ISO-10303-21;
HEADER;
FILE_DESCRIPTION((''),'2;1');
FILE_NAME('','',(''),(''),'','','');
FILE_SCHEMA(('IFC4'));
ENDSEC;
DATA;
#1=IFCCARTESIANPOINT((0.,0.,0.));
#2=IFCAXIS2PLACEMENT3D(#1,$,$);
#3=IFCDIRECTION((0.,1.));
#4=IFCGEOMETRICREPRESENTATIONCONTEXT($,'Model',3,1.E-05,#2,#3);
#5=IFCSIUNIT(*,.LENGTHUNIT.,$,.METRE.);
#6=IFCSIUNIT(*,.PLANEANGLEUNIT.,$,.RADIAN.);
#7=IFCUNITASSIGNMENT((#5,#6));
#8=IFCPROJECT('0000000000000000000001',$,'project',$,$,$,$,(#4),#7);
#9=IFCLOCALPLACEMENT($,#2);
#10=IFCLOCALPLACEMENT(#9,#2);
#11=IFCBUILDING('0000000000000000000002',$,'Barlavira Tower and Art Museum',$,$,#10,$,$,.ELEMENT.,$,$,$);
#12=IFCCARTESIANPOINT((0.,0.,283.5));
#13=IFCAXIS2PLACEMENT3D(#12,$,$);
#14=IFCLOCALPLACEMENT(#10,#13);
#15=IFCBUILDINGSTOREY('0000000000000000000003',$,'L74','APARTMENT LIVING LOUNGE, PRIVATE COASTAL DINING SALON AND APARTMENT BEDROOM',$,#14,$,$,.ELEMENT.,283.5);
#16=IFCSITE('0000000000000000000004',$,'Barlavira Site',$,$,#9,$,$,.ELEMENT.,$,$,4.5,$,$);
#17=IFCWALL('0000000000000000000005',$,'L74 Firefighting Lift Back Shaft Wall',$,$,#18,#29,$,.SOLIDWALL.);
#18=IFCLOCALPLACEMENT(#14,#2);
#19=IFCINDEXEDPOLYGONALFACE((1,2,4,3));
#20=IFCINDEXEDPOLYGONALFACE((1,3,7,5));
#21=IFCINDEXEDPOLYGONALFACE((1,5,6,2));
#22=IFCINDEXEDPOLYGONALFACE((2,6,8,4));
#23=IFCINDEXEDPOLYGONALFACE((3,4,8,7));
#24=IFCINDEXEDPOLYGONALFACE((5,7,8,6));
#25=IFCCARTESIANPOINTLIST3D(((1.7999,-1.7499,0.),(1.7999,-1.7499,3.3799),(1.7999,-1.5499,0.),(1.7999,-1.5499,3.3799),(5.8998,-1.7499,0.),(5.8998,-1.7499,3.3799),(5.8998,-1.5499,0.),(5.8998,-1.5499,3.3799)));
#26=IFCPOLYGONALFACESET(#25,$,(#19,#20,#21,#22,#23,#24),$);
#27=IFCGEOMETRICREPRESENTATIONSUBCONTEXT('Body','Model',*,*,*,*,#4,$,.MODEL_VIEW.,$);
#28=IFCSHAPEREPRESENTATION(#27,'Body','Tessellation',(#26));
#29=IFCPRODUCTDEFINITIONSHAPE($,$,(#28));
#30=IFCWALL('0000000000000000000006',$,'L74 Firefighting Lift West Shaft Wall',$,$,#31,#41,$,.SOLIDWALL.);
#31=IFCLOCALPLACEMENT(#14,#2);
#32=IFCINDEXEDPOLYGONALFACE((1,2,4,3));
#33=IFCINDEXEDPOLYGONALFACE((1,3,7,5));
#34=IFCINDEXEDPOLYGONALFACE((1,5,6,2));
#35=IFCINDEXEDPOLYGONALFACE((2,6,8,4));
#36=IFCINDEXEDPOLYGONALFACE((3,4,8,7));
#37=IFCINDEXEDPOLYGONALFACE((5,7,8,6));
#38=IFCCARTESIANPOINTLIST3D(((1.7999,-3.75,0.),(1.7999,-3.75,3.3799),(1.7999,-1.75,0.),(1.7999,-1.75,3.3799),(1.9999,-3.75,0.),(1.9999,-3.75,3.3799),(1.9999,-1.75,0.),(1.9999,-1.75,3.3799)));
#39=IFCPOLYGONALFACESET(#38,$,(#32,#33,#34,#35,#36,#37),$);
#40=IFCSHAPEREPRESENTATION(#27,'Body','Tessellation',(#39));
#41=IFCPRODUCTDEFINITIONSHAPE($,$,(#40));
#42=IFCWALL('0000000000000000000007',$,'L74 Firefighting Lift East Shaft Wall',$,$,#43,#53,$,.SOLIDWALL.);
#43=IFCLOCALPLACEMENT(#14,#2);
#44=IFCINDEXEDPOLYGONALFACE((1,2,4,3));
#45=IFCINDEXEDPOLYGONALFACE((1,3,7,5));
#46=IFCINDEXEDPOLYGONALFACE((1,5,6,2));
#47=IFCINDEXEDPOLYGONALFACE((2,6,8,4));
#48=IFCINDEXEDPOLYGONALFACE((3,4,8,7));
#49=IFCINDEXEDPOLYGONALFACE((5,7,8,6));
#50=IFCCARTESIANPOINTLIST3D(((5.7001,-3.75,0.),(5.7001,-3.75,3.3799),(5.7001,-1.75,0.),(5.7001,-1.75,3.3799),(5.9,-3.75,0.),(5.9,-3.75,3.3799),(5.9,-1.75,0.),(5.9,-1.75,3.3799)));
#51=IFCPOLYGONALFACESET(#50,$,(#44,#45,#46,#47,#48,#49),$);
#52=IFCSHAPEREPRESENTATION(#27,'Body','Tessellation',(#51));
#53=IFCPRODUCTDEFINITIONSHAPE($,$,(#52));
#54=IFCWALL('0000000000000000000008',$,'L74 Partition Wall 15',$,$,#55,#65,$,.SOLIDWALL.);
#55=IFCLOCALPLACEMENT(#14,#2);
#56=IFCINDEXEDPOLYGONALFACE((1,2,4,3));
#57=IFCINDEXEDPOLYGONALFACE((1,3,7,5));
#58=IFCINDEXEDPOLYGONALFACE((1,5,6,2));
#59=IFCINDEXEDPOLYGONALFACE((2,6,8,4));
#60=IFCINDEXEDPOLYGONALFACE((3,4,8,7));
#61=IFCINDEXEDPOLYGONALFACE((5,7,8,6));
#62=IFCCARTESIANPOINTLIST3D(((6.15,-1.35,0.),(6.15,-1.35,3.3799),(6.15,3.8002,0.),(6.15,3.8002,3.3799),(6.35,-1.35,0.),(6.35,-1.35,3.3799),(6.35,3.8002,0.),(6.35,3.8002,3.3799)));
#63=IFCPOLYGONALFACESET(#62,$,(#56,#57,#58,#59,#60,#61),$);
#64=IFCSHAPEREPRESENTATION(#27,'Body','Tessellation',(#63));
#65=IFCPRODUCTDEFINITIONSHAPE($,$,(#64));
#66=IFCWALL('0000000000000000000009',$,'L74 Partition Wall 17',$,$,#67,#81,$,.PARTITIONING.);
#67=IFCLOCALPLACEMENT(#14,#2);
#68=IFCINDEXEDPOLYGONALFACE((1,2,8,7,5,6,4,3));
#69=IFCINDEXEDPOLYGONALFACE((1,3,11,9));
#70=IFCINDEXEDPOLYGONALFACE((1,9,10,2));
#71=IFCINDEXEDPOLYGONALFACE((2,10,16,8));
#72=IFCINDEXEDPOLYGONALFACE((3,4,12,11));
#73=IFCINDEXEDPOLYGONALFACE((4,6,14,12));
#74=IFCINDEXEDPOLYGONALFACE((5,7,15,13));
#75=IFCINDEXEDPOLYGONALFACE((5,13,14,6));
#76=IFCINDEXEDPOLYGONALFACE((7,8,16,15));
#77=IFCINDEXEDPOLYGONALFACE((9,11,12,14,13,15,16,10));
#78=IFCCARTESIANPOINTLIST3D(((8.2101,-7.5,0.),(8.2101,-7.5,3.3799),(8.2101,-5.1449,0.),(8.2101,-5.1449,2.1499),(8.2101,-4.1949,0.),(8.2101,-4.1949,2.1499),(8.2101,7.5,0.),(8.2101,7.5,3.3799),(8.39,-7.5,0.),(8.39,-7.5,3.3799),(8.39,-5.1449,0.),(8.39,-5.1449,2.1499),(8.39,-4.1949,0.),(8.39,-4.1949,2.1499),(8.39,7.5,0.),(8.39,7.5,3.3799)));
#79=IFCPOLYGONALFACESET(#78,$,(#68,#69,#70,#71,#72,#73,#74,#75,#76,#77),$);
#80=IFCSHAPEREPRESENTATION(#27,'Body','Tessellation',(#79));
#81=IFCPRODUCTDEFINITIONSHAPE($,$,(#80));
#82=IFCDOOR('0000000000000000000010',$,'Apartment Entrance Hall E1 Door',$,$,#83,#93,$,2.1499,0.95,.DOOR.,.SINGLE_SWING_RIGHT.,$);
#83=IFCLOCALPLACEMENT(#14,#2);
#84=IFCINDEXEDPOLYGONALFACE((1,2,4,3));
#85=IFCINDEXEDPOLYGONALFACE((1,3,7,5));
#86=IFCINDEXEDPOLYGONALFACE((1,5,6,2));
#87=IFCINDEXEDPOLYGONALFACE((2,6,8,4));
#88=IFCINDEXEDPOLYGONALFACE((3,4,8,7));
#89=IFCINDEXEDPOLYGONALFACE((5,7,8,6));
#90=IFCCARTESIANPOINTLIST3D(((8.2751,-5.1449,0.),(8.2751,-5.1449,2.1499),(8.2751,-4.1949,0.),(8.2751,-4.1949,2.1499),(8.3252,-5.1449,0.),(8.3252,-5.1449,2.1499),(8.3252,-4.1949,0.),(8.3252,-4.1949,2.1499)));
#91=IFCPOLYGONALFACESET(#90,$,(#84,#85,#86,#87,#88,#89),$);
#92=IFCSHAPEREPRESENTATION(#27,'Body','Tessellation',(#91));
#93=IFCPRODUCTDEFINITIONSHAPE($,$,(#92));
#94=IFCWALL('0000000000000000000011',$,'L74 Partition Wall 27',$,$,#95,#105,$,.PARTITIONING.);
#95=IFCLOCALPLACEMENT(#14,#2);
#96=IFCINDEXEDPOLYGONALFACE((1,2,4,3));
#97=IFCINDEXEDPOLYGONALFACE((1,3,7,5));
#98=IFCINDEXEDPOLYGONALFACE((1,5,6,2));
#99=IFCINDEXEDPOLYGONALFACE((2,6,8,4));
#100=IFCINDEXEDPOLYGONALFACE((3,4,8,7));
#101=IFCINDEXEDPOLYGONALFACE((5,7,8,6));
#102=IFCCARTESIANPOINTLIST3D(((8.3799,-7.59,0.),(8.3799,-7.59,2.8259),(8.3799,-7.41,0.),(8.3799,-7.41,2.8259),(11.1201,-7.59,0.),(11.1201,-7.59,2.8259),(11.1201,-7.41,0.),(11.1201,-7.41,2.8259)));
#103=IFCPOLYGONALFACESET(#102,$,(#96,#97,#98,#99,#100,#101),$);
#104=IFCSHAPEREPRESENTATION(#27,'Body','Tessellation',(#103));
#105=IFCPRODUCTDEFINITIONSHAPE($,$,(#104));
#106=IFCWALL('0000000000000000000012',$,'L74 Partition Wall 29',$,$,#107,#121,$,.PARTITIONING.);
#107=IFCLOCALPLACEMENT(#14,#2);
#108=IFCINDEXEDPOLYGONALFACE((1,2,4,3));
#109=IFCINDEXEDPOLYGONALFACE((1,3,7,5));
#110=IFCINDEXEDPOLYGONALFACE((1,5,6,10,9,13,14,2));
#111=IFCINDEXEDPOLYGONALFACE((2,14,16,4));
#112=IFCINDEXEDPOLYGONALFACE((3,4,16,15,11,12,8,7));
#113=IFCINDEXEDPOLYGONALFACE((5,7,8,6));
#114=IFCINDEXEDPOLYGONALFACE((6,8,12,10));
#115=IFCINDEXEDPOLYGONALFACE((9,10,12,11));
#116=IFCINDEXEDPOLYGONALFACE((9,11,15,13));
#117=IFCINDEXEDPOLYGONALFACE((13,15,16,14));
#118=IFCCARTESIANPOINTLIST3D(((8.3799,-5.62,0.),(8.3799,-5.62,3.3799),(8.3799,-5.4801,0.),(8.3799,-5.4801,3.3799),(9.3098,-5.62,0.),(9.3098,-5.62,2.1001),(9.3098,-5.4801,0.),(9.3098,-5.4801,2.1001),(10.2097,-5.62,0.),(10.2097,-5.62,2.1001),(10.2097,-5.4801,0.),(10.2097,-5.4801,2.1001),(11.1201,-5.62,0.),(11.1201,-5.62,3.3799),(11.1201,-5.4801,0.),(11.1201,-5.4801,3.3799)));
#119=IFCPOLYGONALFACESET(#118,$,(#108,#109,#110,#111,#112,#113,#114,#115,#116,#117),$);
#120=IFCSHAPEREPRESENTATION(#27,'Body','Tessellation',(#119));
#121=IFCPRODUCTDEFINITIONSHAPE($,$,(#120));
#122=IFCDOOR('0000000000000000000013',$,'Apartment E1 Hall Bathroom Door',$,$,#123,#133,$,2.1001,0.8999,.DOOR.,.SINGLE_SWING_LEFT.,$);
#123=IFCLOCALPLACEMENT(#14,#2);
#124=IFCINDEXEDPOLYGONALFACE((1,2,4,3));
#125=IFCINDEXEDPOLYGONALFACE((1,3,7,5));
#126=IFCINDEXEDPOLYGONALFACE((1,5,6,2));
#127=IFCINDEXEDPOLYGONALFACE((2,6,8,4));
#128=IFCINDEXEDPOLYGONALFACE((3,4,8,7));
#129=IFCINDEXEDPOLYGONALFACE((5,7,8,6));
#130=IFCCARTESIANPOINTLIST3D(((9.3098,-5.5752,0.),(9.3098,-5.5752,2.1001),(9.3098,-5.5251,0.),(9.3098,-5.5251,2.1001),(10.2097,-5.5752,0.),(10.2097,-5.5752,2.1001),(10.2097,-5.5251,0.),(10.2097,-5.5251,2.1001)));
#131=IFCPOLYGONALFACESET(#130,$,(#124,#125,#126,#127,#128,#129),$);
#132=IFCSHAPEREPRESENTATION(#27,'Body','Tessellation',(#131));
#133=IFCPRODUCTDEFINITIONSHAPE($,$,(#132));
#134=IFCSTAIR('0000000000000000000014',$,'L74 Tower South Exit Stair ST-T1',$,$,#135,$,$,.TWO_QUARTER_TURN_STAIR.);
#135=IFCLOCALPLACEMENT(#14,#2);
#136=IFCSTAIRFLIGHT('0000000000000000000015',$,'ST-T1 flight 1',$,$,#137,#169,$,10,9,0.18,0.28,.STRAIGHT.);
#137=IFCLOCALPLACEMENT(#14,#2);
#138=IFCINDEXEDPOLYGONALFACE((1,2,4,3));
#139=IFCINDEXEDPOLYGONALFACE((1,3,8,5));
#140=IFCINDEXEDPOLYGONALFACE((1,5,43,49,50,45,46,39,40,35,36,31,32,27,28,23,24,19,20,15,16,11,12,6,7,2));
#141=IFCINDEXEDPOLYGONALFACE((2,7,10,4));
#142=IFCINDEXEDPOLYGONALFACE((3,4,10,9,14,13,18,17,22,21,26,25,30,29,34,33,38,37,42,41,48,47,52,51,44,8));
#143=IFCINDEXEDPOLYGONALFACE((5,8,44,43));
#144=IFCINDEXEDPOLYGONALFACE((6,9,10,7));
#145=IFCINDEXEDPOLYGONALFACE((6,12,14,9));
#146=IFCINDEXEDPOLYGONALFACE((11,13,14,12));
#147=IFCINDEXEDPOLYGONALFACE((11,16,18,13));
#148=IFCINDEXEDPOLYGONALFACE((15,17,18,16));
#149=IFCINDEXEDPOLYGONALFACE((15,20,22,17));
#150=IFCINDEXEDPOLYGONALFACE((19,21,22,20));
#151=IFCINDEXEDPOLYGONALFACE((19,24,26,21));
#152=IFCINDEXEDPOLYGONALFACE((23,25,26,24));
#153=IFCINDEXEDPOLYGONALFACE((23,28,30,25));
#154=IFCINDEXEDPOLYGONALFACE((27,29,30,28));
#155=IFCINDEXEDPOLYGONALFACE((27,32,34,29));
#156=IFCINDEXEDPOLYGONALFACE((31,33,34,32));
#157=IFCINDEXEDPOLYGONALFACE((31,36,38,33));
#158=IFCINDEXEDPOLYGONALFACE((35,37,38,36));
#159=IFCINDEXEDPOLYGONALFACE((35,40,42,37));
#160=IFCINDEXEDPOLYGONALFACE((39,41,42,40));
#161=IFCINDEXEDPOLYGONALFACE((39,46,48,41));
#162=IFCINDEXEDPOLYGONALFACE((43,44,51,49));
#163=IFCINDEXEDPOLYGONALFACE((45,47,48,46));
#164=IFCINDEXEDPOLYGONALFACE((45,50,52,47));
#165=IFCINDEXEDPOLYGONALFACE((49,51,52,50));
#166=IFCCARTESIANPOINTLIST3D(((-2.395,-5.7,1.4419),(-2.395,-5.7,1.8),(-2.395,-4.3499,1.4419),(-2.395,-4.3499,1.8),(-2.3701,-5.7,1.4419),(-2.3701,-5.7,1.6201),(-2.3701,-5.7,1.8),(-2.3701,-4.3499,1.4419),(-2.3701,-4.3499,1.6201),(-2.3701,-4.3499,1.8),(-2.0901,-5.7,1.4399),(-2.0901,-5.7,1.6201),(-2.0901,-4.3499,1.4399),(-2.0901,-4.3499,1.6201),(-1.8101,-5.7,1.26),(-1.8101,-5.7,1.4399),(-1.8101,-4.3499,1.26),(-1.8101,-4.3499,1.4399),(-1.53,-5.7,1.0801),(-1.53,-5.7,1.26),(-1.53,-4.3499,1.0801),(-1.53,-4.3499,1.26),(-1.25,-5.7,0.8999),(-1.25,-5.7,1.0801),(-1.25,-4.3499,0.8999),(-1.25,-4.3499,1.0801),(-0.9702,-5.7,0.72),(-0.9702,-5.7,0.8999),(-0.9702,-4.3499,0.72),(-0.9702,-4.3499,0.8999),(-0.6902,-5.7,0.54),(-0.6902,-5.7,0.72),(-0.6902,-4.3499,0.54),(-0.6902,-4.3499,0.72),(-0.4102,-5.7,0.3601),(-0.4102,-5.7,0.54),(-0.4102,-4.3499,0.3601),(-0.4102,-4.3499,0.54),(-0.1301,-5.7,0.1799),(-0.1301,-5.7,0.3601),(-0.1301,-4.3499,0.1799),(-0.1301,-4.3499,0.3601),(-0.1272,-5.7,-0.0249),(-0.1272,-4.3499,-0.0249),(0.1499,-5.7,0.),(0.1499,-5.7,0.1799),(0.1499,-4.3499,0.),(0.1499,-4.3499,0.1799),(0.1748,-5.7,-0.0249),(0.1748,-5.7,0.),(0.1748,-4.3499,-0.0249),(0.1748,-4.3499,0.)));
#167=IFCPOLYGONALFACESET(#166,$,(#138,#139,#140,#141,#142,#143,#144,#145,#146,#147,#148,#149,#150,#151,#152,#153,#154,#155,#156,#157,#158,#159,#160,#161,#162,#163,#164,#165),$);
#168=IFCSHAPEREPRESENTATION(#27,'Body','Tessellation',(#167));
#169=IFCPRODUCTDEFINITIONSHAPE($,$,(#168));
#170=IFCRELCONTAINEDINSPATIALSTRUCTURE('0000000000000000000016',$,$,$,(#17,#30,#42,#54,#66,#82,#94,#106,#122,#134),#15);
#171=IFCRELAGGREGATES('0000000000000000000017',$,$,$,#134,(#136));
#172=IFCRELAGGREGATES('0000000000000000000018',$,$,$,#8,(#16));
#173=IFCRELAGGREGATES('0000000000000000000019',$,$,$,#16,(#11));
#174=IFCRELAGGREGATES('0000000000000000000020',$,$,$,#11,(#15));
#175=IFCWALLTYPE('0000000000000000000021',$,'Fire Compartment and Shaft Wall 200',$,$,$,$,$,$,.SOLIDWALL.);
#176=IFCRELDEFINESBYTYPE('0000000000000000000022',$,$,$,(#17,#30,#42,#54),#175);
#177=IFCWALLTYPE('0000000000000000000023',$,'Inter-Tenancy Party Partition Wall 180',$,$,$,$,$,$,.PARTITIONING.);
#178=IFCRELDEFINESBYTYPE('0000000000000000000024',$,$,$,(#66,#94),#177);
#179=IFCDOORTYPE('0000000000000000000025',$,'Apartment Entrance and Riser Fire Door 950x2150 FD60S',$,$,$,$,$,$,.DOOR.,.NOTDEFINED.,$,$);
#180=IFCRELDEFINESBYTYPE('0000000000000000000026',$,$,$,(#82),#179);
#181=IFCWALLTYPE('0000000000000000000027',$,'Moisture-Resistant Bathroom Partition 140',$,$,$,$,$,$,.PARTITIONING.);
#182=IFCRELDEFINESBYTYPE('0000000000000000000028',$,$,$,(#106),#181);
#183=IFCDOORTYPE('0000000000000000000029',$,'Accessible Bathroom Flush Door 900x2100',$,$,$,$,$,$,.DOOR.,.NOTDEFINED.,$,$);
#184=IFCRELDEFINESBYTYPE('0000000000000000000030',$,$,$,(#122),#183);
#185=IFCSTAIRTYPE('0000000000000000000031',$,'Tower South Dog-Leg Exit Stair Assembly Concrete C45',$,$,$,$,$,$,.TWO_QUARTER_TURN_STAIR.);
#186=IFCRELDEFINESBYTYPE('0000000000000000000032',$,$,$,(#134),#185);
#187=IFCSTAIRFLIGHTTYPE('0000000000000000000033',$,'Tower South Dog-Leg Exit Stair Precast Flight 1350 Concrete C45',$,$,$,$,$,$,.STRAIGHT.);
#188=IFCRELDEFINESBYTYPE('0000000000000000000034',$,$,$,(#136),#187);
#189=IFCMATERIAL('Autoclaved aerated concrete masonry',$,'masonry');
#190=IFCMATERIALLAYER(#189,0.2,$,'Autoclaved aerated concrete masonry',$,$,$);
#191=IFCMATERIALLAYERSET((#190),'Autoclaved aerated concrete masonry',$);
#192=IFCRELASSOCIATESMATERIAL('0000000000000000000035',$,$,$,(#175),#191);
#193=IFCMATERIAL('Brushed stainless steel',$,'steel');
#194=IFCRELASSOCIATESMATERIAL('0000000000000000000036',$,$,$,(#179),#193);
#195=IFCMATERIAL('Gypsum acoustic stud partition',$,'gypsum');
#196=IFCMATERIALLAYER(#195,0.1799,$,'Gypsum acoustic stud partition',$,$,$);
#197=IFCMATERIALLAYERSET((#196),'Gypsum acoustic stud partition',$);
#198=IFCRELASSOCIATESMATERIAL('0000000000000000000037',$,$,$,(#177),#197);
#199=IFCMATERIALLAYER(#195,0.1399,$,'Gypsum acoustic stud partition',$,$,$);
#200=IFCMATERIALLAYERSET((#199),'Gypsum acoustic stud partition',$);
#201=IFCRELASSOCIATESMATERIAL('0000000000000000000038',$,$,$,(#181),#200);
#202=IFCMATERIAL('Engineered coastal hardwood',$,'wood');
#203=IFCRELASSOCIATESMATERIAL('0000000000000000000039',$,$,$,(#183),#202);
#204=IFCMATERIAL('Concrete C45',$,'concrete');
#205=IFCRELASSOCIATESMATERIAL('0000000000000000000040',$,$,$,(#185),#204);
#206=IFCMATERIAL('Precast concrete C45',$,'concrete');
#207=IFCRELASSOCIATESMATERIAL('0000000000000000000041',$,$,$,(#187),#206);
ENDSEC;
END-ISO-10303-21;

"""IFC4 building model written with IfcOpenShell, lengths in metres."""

from ifc_helpers import new_model, si_unit, direction, frame, frame_2d, origin, place, context, subcontext, project, spatial, polyline, rectangle, outline, extrude, material, layer, layer_set, type_object, element, fill, aggregate, save


model = new_model("IFC4")

# Units and contexts
model_context = context("Model", 3, precision=1e-05, world=origin(), true_north=direction((0.0, 1.0)))
body_context = subcontext(model_context, "Body", "Model", "MODEL_VIEW")
ifc_project = project(units=[si_unit("LENGTHUNIT", "METRE"), si_unit("PLANEANGLEUNIT", "RADIAN")], contexts=[model_context])

# Site, building, storey
site_placement = place(None, origin())
site = spatial("IfcSite", under=ifc_project, at=site_placement, Name="Barlavira Site", CompositionType="ELEMENT", RefElevation=4.5)
building_placement = place(site_placement, origin())
building = spatial("IfcBuilding", under=site, at=building_placement, Name="Barlavira Tower and Art Museum", CompositionType="ELEMENT")
storey_placement = place(building_placement, frame((0.0, 0.0, 283.5)))
storey = spatial("IfcBuildingStorey", under=building, at=storey_placement, Name="L74", Description="APARTMENT LIVING LOUNGE, PRIVATE COASTAL DINING SALON AND APARTMENT BEDROOM", CompositionType="ELEMENT", Elevation=283.5)

# Shared definitions
ifc_material_1 = material(Name="Gypsum acoustic stud partition", Category="gypsum")
ifc_material_2 = material(Name="Engineered coastal hardwood", Category="wood")
ifc_material_3 = material(Name="Brushed stainless steel", Category="steel")

# Shared definitions
ifc_material_4 = material(Name="Autoclaved aerated concrete masonry", Category="masonry")
ifc_layer_1 = layer(ifc_material_4, 0.2, Name="Autoclaved aerated concrete masonry")
ifc_layer_set_1 = layer_set([ifc_layer_1], Name="Autoclaved aerated concrete masonry")
wall_type_1 = type_object("IfcWallType", Name="Fire Compartment and Shaft Wall 200", PredefinedType="SOLIDWALL", material=ifc_layer_set_1)

# Walls
wall_1_placement = place(storey_placement, frame((1.8, -1.6499, 0.0), z_axis=(0.0, 0.0, 1.0), x_axis=(1.0, 0.0, 0.0)))
element("IfcWall", 1, at=wall_1_placement, inside=storey, type_object=wall_type_1, Name="L74 Firefighting Lift Back Shaft Wall", PredefinedType="SOLIDWALL", context=body_context, shape_type="SweptSolid", body=[
    extrude(rectangle(XDim=4.0999, YDim=0.2, at=frame_2d((2.0498, 0.0))), origin(), (0.0, 0.0, 1.0), 3.3799),
])
for number, where, z_axis, x_axis, name in (
    (2, (1.8999, -3.75, 0.0), (0.0, 0.0, 1.0), (0.0, 1.0, 0.0), "L74 Firefighting Lift West Shaft Wall"),
    (3, (5.8, -3.75, 0.0), (0.0, 0.0, 1.0), (0.0, 1.0, 0.0), "L74 Firefighting Lift East Shaft Wall"),
):
    element("IfcWall", number, at=place(storey_placement, frame(where, z_axis=z_axis, x_axis=x_axis)), inside=storey, type_object=wall_type_1, Name=name, PredefinedType="SOLIDWALL", context=body_context, shape_type="SweptSolid", body=[
        extrude(rectangle(XDim=2.0, YDim=0.2, at=frame_2d((1.0, 0.0))), origin(), (0.0, 0.0, 1.0), 3.3799),
    ])

# Shared definitions
door_type_1 = type_object("IfcDoorType", Name="Apartment Entrance and Riser Fire Door 950x2150 FD60S", OperationType="NOTDEFINED", PredefinedType="DOOR", material=ifc_material_3)

# Wall
wall_2_placement = place(storey_placement, frame((6.25, -1.3501, 0.0), z_axis=(0.0, 0.0, 1.0), x_axis=(0.0, 1.0, 0.0)))
element("IfcWall", 4, at=wall_2_placement, inside=storey, type_object=wall_type_1, Name="L74 Partition Wall 15", PredefinedType="SOLIDWALL", context=body_context, shape_type="SweptSolid", body=[
    extrude(rectangle(XDim=5.1501, YDim=0.2, at=frame_2d((2.5752, 0.0))), origin(), (0.0, 0.0, 1.0), 3.3799),
])

# Wall, opening, door
ifc_layer_2 = layer(ifc_material_1, 0.1799, Name="Gypsum acoustic stud partition")
ifc_layer_set_2 = layer_set([ifc_layer_2], Name="Gypsum acoustic stud partition")
wall_type_2 = type_object("IfcWallType", Name="Inter-Tenancy Party Partition Wall 180", PredefinedType="PARTITIONING", material=ifc_layer_set_2)
wall_3_placement = place(storey_placement, frame((8.3, -7.5, 0.0), z_axis=(0.0, 0.0, 1.0), x_axis=(0.0, 1.0, 0.0)))
wall_3 = element("IfcWall", 5, at=wall_3_placement, inside=storey, type_object=wall_type_2, Name="L74 Partition Wall 17", PredefinedType="PARTITIONING", context=body_context, shape_type="SweptSolid", body=[
    extrude(rectangle(XDim=15.0, YDim=0.1799, at=frame_2d((7.5, 0.0))), origin(), (0.0, 0.0, 1.0), 3.3799),
])
opening_1_placement = place(wall_3_placement, frame((2.355, 0.0, 0.0)))
opening_1 = element("IfcOpeningElement", 6, at=opening_1_placement, cuts=wall_3, PredefinedType="OPENING", context=body_context, shape_type="SweptSolid", body=[
    extrude(rectangle(XDim=0.95, YDim=2.1499, at=frame_2d((0.4751, 1.075))), frame((0.0, 0.1001, 0.0), z_axis=(0.0, -1.0, 0.0), x_axis=(1.0, 0.0, 0.0)), (0.0, 0.0, 1.0), 0.2),
])
door_1_placement = place(opening_1_placement, origin())
door_1 = element("IfcDoor", 7, at=door_1_placement, inside=storey, type_object=door_type_1, Name="Apartment Entrance Hall E1 Door", OperationType="SINGLE_SWING_RIGHT", OverallHeight=2.1499, OverallWidth=0.95, PredefinedType="DOOR", context=body_context, shape_type="SweptSolid", body=[
    extrude(rectangle(XDim=0.95, YDim=2.1499, at=frame_2d((0.4751, 1.075))), frame((0.0, 0.0249, 0.0), z_axis=(0.0, -1.0, 0.0), x_axis=(1.0, 0.0, 0.0)), (0.0, 0.0, 1.0), 0.05),
])
fill(opening_1, door_1)

# Wall
wall_4_placement = place(storey_placement, frame((8.3799, -7.5, 0.0), z_axis=(0.0, 0.0, 1.0), x_axis=(1.0, 0.0, 0.0)))
element("IfcWall", 8, at=wall_4_placement, inside=storey, type_object=wall_type_2, Name="L74 Partition Wall 27", PredefinedType="PARTITIONING", context=body_context, shape_type="SweptSolid", body=[
    extrude(rectangle(XDim=2.7402, YDim=0.1799, at=frame_2d((1.3701, 0.0))), origin(), (0.0, 0.0, 1.0), 2.8259),
])

# Wall, opening, door
ifc_layer_3 = layer(ifc_material_1, 0.1399, Name="Gypsum acoustic stud partition")
ifc_layer_set_3 = layer_set([ifc_layer_3], Name="Gypsum acoustic stud partition")
wall_type_3 = type_object("IfcWallType", Name="Moisture-Resistant Bathroom Partition 140", PredefinedType="PARTITIONING", material=ifc_layer_set_3)
wall_5_placement = place(storey_placement, frame((8.3799, -5.55, 0.0), z_axis=(0.0, 0.0, 1.0), x_axis=(1.0, 0.0, 0.0)))
wall_5 = element("IfcWall", 9, at=wall_5_placement, inside=storey, type_object=wall_type_3, Name="L74 Partition Wall 29", PredefinedType="PARTITIONING", context=body_context, shape_type="SweptSolid", body=[
    extrude(rectangle(XDim=2.7402, YDim=0.1399, at=frame_2d((1.3701, 0.0))), origin(), (0.0, 0.0, 1.0), 3.3799),
])
opening_2_placement = place(wall_5_placement, frame((0.9299, 0.0, 0.0)))
opening_2 = element("IfcOpeningElement", 10, at=opening_2_placement, cuts=wall_5, PredefinedType="OPENING", context=body_context, shape_type="SweptSolid", body=[
    extrude(rectangle(XDim=0.8999, YDim=2.1001, at=frame_2d((0.45, 1.05))), frame((0.0, 0.0801, 0.0), z_axis=(0.0, -1.0, 0.0), x_axis=(1.0, 0.0, 0.0)), (0.0, 0.0, 1.0), 0.1599),
])
door_type_2 = type_object("IfcDoorType", Name="Accessible Bathroom Flush Door 900x2100", OperationType="NOTDEFINED", PredefinedType="DOOR", material=ifc_material_2)
door_2_placement = place(opening_2_placement, origin())
door_2 = element("IfcDoor", 11, at=door_2_placement, inside=storey, type_object=door_type_2, Name="Apartment E1 Hall Bathroom Door", OperationType="SINGLE_SWING_LEFT", OverallHeight=2.1001, OverallWidth=0.8999, PredefinedType="DOOR", context=body_context, shape_type="SweptSolid", body=[
    extrude(rectangle(XDim=0.8999, YDim=2.1001, at=frame_2d((0.45, 1.05))), frame((0.0, 0.0249, 0.0), z_axis=(0.0, -1.0, 0.0), x_axis=(1.0, 0.0, 0.0)), (0.0, 0.0, 1.0), 0.05),
])
fill(opening_2, door_2)

# Stair, stair flight
ifc_material_5 = material(Name="Concrete C45", Category="concrete")
stair_type = type_object("IfcStairType", Name="Tower South Dog-Leg Exit Stair Assembly Concrete C45", PredefinedType="TWO_QUARTER_TURN_STAIR", material=ifc_material_5)
stair_placement = place(storey_placement, origin())
stair = element("IfcStair", 12, at=stair_placement, inside=storey, type_object=stair_type, Name="L74 Tower South Exit Stair ST-T1", PredefinedType="TWO_QUARTER_TURN_STAIR")
ifc_material_6 = material(Name="Precast concrete C45", Category="concrete")
stair_flight_type = type_object("IfcStairFlightType", Name="Tower South Dog-Leg Exit Stair Precast Flight 1350 Concrete C45", PredefinedType="STRAIGHT", material=ifc_material_6)
stair_flight_placement = place(storey_placement, frame((0.1499, -5.0249, 0.0), z_axis=(0.0, 0.0, 1.0), x_axis=(-1.0, 0.0, 0.0)))
stair_flight = element("IfcStairFlight", 13, at=stair_flight_placement, type_object=stair_flight_type, Name="ST-T1 flight 1", NumberOfRisers=10, NumberOfTreads=9, PredefinedType="STRAIGHT", RiserHeight=0.18, TreadLength=0.28, context=body_context, shape_type="SweptSolid", body=[
    extrude(outline(polyline([(-0.0249, 0.0), (0.0, 0.0), (0.0, 0.1799), (0.28, 0.1799), (0.28, 0.3601), (0.5601, 0.3601), (0.5601, 0.54), (0.8401, 0.54), (0.8401, 0.72), (1.1201, 0.72), (1.1201, 0.8999), (1.3999, 0.8999), (1.3999, 1.0801), (1.6799, 1.0801), (1.6799, 1.26), (1.96, 1.26), (1.96, 1.4399), (2.24, 1.4399), (2.24, 1.6201), (2.52, 1.6201), (2.52, 1.8), (2.5449, 1.8), (2.5449, 1.4419), (2.52, 1.4419), (0.2771, -0.0249), (-0.0249, -0.0249), (-0.0249, 0.0)])), frame((0.0, 0.675, 0.0), z_axis=(0.0, -1.0, 0.0), x_axis=(1.0, 0.0, 0.0)), (0.0, 0.0, 1.0), 1.3501),
])
aggregate(stair, [stair_flight])

save(model, "model.ifc")
